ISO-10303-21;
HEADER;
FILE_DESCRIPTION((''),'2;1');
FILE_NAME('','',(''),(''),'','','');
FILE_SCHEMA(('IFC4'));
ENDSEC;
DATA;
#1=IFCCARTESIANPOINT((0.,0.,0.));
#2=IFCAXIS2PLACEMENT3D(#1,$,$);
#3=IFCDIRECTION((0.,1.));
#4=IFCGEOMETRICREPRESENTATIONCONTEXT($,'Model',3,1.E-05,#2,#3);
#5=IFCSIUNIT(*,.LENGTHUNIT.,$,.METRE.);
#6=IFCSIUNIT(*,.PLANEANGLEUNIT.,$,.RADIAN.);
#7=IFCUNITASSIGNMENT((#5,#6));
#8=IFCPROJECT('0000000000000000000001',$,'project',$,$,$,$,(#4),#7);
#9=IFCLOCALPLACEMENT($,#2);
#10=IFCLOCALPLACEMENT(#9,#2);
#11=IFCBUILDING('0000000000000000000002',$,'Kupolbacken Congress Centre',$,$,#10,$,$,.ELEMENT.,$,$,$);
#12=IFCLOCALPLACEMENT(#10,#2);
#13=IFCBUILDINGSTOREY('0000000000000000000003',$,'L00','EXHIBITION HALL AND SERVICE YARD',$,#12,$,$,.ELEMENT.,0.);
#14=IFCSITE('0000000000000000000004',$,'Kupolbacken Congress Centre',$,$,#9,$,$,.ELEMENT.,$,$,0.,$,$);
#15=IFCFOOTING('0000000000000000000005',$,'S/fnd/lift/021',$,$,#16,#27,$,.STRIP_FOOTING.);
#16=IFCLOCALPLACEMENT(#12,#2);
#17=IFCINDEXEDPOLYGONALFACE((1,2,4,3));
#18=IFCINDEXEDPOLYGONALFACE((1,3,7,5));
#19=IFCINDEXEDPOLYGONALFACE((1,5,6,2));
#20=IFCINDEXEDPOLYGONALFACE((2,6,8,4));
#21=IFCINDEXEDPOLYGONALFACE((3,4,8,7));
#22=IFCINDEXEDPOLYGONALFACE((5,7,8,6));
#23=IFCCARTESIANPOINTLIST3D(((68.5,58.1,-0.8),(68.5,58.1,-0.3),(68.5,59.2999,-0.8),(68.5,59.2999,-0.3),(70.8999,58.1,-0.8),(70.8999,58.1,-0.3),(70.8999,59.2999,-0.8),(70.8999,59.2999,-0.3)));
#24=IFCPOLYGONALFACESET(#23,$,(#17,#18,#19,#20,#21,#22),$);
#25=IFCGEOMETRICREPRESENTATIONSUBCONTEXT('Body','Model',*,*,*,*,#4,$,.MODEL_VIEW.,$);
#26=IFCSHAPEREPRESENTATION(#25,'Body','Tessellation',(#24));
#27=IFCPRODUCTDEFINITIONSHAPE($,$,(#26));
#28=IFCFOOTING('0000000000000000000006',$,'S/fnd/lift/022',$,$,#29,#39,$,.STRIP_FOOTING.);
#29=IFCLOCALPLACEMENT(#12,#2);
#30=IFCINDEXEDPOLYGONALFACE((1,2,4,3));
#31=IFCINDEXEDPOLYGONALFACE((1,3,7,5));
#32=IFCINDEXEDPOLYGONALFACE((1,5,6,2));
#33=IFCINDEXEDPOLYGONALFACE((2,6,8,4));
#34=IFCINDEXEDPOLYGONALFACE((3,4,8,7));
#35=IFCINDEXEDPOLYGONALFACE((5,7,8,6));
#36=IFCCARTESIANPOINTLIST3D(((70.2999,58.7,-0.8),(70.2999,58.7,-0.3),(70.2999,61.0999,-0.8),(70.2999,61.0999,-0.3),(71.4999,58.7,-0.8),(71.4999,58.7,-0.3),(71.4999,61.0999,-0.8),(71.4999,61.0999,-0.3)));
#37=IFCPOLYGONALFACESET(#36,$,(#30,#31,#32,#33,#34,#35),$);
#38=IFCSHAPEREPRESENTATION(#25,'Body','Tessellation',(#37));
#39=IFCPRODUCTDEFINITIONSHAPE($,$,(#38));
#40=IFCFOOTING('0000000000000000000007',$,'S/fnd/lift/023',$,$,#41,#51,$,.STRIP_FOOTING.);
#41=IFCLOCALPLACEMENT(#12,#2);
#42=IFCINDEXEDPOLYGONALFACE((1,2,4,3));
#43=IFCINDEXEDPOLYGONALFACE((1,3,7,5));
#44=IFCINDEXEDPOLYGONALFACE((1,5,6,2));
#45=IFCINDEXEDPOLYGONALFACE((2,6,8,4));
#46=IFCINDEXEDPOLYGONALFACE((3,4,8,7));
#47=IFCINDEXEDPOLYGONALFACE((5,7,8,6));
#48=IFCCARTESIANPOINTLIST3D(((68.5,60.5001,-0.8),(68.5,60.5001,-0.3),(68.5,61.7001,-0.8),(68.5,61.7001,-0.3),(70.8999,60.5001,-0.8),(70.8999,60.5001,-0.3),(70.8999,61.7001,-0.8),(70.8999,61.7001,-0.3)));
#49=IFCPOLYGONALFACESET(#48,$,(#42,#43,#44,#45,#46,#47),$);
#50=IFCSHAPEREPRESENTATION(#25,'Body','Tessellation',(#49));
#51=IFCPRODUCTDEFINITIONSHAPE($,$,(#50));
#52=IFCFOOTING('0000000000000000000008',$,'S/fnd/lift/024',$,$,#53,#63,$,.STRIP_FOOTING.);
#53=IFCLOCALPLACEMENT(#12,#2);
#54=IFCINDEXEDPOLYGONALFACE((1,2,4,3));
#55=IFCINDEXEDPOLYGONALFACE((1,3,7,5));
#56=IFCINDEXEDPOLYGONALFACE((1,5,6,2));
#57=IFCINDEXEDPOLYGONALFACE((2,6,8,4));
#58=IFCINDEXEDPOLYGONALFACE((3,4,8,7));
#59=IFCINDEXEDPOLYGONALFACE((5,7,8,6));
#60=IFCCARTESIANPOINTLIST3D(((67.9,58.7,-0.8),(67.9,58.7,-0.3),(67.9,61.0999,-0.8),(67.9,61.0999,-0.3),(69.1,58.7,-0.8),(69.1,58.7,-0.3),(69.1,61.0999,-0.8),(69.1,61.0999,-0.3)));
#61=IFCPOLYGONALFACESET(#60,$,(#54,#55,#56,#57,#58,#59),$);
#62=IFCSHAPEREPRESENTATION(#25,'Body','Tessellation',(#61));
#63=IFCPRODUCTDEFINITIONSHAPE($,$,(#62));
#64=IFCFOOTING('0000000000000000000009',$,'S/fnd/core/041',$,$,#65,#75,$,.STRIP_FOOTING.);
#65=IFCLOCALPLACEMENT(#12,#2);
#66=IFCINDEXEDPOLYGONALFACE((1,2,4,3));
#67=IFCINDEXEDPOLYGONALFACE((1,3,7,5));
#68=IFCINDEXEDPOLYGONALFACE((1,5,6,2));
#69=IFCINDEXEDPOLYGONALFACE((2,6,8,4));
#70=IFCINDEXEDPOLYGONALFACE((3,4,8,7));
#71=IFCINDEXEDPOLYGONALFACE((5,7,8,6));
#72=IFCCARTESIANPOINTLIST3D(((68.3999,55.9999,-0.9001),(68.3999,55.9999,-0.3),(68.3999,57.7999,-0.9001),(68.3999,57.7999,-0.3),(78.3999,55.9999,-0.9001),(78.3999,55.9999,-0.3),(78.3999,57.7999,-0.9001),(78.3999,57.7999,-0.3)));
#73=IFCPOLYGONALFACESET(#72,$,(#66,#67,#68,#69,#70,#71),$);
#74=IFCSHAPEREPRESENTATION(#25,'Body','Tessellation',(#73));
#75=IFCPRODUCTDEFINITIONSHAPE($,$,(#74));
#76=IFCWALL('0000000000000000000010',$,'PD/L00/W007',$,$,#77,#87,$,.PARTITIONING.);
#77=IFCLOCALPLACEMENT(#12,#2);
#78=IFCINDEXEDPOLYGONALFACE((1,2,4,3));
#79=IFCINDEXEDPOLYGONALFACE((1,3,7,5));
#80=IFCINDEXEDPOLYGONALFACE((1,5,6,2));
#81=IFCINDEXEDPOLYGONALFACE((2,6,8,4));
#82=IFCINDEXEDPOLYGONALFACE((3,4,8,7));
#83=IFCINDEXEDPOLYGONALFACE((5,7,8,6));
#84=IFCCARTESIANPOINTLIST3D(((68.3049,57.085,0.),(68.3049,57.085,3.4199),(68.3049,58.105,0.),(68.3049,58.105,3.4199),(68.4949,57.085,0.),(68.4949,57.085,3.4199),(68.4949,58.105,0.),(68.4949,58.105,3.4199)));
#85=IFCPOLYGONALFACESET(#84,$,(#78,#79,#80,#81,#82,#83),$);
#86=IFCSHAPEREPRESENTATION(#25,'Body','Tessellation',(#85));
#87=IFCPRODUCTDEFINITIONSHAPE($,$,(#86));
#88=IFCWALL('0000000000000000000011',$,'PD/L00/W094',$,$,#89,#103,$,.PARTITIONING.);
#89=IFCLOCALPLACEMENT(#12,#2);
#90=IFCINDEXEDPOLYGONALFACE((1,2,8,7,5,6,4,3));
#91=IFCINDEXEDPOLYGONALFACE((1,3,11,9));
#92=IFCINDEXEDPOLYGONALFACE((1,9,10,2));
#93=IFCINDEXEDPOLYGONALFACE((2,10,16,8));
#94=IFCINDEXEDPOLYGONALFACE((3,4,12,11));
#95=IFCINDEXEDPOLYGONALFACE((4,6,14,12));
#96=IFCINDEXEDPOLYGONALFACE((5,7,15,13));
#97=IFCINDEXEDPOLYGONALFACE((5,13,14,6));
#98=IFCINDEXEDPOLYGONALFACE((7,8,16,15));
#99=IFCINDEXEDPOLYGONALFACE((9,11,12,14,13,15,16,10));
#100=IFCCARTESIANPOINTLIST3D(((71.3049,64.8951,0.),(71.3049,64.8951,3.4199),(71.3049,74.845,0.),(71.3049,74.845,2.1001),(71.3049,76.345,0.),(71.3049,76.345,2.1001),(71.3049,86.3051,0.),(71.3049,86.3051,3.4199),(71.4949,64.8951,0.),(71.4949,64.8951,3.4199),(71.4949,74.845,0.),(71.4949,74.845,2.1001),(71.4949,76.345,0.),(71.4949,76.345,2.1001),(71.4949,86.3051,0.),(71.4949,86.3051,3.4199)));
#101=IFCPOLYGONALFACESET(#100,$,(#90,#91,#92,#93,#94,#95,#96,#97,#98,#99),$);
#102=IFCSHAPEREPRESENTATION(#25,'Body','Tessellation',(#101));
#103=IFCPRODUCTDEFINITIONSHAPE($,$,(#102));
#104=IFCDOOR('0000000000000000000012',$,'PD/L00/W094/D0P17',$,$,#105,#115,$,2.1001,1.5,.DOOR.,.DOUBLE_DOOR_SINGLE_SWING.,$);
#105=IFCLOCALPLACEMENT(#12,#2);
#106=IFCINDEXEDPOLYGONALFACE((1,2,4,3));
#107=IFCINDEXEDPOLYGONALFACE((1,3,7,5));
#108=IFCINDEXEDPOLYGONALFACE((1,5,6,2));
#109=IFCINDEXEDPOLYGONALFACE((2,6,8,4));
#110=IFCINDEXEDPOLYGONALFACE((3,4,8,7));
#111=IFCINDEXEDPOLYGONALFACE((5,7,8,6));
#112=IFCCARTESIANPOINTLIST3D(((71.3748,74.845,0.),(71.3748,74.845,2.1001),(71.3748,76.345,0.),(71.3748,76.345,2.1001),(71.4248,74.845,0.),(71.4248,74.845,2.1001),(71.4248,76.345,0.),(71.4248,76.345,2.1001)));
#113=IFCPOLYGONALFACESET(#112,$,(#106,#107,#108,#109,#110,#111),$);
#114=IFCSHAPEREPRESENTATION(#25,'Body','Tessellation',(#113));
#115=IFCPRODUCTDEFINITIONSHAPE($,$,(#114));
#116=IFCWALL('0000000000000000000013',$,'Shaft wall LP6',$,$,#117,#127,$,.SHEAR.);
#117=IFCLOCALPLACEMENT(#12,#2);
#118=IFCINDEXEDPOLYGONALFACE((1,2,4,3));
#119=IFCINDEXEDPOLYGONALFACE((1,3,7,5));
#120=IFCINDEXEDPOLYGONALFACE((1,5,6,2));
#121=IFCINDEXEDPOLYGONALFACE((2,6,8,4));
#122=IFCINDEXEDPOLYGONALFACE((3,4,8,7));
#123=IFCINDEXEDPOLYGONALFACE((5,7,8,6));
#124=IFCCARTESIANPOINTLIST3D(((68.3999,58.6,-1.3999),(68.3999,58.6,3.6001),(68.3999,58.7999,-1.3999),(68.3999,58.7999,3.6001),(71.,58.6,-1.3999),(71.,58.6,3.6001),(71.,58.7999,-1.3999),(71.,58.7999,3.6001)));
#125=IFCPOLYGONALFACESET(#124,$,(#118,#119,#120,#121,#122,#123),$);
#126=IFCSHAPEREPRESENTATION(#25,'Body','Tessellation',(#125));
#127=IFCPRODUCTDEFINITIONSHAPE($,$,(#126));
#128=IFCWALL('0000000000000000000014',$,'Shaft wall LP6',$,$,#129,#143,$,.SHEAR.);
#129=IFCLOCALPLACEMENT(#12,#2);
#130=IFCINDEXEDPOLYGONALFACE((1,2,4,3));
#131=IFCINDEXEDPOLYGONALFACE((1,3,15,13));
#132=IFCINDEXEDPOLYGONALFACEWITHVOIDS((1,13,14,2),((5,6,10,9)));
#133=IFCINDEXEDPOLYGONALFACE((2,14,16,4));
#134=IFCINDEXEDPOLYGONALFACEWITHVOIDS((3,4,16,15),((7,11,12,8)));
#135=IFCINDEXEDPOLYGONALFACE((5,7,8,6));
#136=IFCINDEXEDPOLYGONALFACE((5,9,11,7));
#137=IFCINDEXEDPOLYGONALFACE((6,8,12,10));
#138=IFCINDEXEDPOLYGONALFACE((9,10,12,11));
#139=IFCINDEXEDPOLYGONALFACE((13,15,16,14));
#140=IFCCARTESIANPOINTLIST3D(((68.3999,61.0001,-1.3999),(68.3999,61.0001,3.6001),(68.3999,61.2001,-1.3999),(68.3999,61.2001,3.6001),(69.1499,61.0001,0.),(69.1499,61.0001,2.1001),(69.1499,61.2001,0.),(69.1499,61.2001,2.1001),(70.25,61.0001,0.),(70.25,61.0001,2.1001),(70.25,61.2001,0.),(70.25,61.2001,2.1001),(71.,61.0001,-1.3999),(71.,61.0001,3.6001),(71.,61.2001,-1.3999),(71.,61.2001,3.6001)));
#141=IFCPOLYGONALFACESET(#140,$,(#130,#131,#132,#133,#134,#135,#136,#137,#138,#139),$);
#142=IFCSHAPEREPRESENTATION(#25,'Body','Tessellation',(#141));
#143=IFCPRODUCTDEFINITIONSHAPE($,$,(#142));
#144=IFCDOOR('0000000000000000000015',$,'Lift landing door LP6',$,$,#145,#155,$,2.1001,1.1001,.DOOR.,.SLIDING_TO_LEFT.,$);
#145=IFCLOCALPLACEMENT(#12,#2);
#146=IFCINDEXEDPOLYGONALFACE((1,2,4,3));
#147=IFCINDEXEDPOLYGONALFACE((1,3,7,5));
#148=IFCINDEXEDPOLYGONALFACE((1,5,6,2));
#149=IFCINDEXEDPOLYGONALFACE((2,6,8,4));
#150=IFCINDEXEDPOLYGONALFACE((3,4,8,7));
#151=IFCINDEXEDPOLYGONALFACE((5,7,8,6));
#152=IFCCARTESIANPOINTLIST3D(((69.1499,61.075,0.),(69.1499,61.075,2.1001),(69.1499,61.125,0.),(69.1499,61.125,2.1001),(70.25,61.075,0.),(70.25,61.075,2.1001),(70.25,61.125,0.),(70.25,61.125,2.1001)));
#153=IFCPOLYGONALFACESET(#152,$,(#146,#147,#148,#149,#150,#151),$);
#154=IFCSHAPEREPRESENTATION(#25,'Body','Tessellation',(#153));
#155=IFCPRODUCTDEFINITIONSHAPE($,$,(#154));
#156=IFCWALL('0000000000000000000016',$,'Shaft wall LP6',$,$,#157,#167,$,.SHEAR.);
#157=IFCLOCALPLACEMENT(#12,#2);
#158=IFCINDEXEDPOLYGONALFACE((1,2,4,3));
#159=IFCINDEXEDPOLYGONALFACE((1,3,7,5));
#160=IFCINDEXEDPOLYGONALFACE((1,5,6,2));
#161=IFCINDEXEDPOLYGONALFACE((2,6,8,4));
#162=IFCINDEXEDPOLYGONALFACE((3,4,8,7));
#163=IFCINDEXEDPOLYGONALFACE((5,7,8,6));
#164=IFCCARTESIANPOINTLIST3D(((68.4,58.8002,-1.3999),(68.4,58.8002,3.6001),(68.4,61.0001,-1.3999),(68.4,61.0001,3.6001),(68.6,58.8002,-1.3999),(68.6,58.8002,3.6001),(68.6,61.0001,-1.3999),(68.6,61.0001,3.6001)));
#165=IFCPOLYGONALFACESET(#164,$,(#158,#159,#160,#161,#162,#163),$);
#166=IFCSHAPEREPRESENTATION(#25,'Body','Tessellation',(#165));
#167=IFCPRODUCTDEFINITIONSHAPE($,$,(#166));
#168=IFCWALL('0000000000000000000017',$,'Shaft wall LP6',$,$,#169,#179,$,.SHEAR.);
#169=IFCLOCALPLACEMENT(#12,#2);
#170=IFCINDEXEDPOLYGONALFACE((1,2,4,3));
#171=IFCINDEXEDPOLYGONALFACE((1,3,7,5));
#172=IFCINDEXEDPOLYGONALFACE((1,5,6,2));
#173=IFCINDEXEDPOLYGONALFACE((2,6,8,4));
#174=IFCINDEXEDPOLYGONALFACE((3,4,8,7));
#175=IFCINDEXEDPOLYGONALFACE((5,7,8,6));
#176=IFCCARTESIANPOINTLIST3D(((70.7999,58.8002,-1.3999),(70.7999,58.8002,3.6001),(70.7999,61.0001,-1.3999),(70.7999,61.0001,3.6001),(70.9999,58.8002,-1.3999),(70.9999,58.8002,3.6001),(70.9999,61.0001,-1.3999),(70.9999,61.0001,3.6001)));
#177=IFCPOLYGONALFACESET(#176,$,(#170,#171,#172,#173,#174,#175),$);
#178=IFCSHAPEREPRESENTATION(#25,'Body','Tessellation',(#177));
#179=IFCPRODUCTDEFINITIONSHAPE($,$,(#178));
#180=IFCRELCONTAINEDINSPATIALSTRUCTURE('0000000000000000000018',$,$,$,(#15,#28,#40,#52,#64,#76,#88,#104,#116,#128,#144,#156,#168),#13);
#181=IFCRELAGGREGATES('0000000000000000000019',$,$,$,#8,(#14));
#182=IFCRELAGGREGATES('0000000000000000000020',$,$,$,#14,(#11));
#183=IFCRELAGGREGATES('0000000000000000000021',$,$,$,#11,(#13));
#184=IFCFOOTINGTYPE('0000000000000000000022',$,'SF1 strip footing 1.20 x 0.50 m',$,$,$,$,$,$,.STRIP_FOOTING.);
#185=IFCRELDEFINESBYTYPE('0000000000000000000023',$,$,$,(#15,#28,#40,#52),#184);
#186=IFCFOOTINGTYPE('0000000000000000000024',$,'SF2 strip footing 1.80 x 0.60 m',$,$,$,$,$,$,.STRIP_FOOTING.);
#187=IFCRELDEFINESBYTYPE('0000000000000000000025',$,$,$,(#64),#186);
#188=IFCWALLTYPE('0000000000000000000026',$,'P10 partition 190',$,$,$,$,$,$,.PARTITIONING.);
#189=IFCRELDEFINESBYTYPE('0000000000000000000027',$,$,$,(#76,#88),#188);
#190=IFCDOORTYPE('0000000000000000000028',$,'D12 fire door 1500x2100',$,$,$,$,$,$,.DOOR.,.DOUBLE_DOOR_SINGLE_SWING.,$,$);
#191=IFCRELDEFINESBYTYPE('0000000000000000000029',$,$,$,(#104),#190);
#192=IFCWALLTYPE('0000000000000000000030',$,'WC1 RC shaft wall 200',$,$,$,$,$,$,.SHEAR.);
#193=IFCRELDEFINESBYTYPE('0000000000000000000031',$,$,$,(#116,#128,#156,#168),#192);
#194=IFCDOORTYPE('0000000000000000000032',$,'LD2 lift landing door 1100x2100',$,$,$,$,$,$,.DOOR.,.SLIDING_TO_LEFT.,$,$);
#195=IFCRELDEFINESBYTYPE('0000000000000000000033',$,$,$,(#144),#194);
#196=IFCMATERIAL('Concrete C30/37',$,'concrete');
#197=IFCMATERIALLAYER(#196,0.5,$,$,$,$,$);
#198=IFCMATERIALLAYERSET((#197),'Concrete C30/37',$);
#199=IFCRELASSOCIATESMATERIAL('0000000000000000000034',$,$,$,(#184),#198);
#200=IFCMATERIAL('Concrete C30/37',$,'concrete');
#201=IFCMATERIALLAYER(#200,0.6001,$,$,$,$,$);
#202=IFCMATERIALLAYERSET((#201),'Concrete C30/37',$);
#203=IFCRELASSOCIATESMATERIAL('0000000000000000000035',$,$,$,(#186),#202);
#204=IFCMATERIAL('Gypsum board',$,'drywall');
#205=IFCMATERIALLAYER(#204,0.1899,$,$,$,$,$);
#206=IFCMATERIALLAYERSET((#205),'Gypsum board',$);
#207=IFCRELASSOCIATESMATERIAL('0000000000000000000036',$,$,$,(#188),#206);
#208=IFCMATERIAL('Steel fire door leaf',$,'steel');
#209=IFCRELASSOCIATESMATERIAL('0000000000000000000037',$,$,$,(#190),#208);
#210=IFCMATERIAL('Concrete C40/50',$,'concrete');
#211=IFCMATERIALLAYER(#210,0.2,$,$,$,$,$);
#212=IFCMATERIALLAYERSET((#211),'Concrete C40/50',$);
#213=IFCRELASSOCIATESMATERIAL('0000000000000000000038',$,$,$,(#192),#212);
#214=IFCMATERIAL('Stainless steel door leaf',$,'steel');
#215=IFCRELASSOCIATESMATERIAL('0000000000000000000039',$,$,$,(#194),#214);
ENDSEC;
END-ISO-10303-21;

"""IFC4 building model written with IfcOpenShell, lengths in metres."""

from ifc_helpers import new_model, si_unit, direction, frame, frame_2d, origin, origin_2d, place, context, subcontext, project, spatial, rectangle, extrude, material, layer, layer_set, type_object, element, fill, save


model = new_model("IFC4")

# Units and contexts
model_context = context("Model", 3, precision=1e-05, world=origin(), true_north=direction((0.0, 1.0)))
body_context = subcontext(model_context, "Body", "Model", "MODEL_VIEW")
ifc_project = project(units=[si_unit("LENGTHUNIT", "METRE"), si_unit("PLANEANGLEUNIT", "RADIAN")], contexts=[model_context])

# Site, building, storey
site_placement = place(None, origin())
site = spatial("IfcSite", under=ifc_project, at=site_placement, Name="Kupolbacken Congress Centre", CompositionType="ELEMENT", RefElevation=0.0)
building_placement = place(site_placement, origin())
building = spatial("IfcBuilding", under=site, at=building_placement, Name="Kupolbacken Congress Centre", CompositionType="ELEMENT")
storey_placement = place(building_placement, origin())
storey = spatial("IfcBuildingStorey", under=building, at=storey_placement, Name="L00", Description="EXHIBITION HALL AND SERVICE YARD", CompositionType="ELEMENT", Elevation=0.0)

# Footings
ifc_material_1 = material(Name="Concrete C30/37", Category="concrete")
ifc_layer_1 = layer(ifc_material_1, 0.5)
ifc_layer_set_1 = layer_set([ifc_layer_1], Name="Concrete C30/37")
footing_type_1 = type_object("IfcFootingType", Name="SF1 strip footing 1.20 x 0.50 m", PredefinedType="STRIP_FOOTING", material=ifc_layer_set_1)
for number, where, z_axis, x_axis, name in (
    (1, (69.7, 58.7, -0.8), (0.0, 0.0, 1.0), (1.0, 0.0, 0.0), "S/fnd/lift/021"),
    (2, (70.8999, 59.8999, -0.8), (0.0, 0.0, 1.0), (0.0, 1.0, 0.0), "S/fnd/lift/022"),
    (3, (69.7, 61.1001, -0.8), (0.0, 0.0, 1.0), (1.0, 0.0, 0.0), "S/fnd/lift/023"),
    (4, (68.5, 59.8999, -0.8), (0.0, 0.0, 1.0), (0.0, 1.0, 0.0), "S/fnd/lift/024"),
):
    element("IfcFooting", number, at=place(storey_placement, frame(where, z_axis=z_axis, x_axis=x_axis)), inside=storey, type_object=footing_type_1, Name=name, PredefinedType="STRIP_FOOTING", context=body_context, shape_type="SweptSolid", body=[
        extrude(rectangle(XDim=2.3999, YDim=1.2, at=origin_2d()), origin(), (0.0, 0.0, 1.0), 0.5),
    ])
ifc_material_2 = material(Name="Concrete C30/37", Category="concrete")
ifc_layer_2 = layer(ifc_material_2, 0.6001)
ifc_layer_set_2 = layer_set([ifc_layer_2], Name="Concrete C30/37")
footing_type_2 = type_object("IfcFootingType", Name="SF2 strip footing 1.80 x 0.60 m", PredefinedType="STRIP_FOOTING", material=ifc_layer_set_2)
footing_placement = place(storey_placement, frame((73.3999, 56.8999, -0.9001), z_axis=(0.0, 0.0, 1.0), x_axis=(1.0, 0.0, 0.0)))
element("IfcFooting", 5, at=footing_placement, inside=storey, type_object=footing_type_2, Name="S/fnd/core/041", PredefinedType="STRIP_FOOTING", context=body_context, shape_type="SweptSolid", body=[
    extrude(rectangle(XDim=10.0, YDim=1.8, at=origin_2d()), origin(), (0.0, 0.0, 1.0), 0.6001),
])

# Wall
ifc_material_3 = material(Name="Gypsum board", Category="drywall")
ifc_layer_3 = layer(ifc_material_3, 0.1899)
ifc_layer_set_3 = layer_set([ifc_layer_3], Name="Gypsum board")
wall_type_1 = type_object("IfcWallType", Name="P10 partition 190", PredefinedType="PARTITIONING", material=ifc_layer_set_3)
wall_1_placement = place(storey_placement, frame((68.3999, 57.085, 0.0), z_axis=(0.0, 0.0, 1.0), x_axis=(0.0, 1.0, 0.0)))
element("IfcWall", 6, at=wall_1_placement, inside=storey, type_object=wall_type_1, Name="PD/L00/W007", PredefinedType="PARTITIONING", context=body_context, shape_type="SweptSolid", body=[
    extrude(rectangle(XDim=1.02, YDim=0.1899, at=frame_2d((0.51, 0.0))), origin(), (0.0, 0.0, 1.0), 3.4199),
])

# Wall, opening, door
wall_2_placement = place(storey_placement, frame((71.3999, 64.895, 0.0), z_axis=(0.0, 0.0, 1.0), x_axis=(0.0, 1.0, 0.0)))
wall_2 = element("IfcWall", 7, at=wall_2_placement, inside=storey, type_object=wall_type_1, Name="PD/L00/W094", PredefinedType="PARTITIONING", context=body_context, shape_type="SweptSolid", body=[
    extrude(rectangle(XDim=21.4099, YDim=0.1899, at=frame_2d((10.7051, 0.0))), origin(), (0.0, 0.0, 1.0), 3.4199),
])
opening_1_placement = place(wall_2_placement, frame((9.95, 0.0, 0.0)))
opening_1 = element("IfcOpeningElement", 8, at=opening_1_placement, cuts=wall_2, PredefinedType="OPENING", context=body_context, shape_type="SweptSolid", body=[
    extrude(rectangle(XDim=1.5, YDim=2.1001, at=frame_2d((0.75, 1.05))), frame((0.0, 0.105, 0.0), z_axis=(0.0, -1.0, 0.0), x_axis=(1.0, 0.0, 0.0)), (0.0, 0.0, 1.0), 0.21),
])
ifc_material_4 = material(Name="Steel fire door leaf", Category="steel")
door_type_1 = type_object("IfcDoorType", Name="D12 fire door 1500x2100", OperationType="DOUBLE_DOOR_SINGLE_SWING", PredefinedType="DOOR", material=ifc_material_4)
door_1_placement = place(opening_1_placement, frame((1.5, 0.0, 0.0), z_axis=(0.0, 0.0, 1.0), x_axis=(-1.0, 0.0, 0.0)))
door_1 = element("IfcDoor", 9, at=door_1_placement, inside=storey, type_object=door_type_1, Name="PD/L00/W094/D0P17", OperationType="DOUBLE_DOOR_SINGLE_SWING", OverallHeight=2.1001, OverallWidth=1.5, PredefinedType="DOOR", context=body_context, shape_type="SweptSolid", body=[
    extrude(rectangle(XDim=1.5, YDim=2.1001, at=frame_2d((0.75, 1.05))), frame((0.0, 0.0249, 0.0), z_axis=(0.0, -1.0, 0.0), x_axis=(1.0, 0.0, 0.0)), (0.0, 0.0, 1.0), 0.05),
])
fill(opening_1, door_1)

# Wall
ifc_material_5 = material(Name="Concrete C40/50", Category="concrete")
ifc_layer_4 = layer(ifc_material_5, 0.2)
ifc_layer_set_4 = layer_set([ifc_layer_4], Name="Concrete C40/50")
wall_type_2 = type_object("IfcWallType", Name="WC1 RC shaft wall 200", PredefinedType="SHEAR", material=ifc_layer_set_4)
wall_3_placement = place(storey_placement, frame((68.3999, 58.7, -1.3999), z_axis=(0.0, 0.0, 1.0), x_axis=(1.0, 0.0, 0.0)))
element("IfcWall", 10, at=wall_3_placement, inside=storey, type_object=wall_type_2, Name="Shaft wall LP6", PredefinedType="SHEAR", context=body_context, shape_type="SweptSolid", body=[
    extrude(rectangle(XDim=2.6001, YDim=0.2, at=frame_2d((1.3, 0.0))), origin(), (0.0, 0.0, 1.0), 5.0),
])

# Wall, opening, door
wall_4_placement = place(storey_placement, frame((68.3999, 61.1001, -1.3999), z_axis=(0.0, 0.0, 1.0), x_axis=(1.0, 0.0, 0.0)))
wall_4 = element("IfcWall", 11, at=wall_4_placement, inside=storey, type_object=wall_type_2, Name="Shaft wall LP6", PredefinedType="SHEAR", context=body_context, shape_type="SweptSolid", body=[
    extrude(rectangle(XDim=2.6001, YDim=0.2, at=frame_2d((1.3, 0.0))), origin(), (0.0, 0.0, 1.0), 5.0),
])
opening_2_placement = place(wall_4_placement, frame((0.75, 0.0, 1.3999)))
opening_2 = element("IfcOpeningElement", 12, at=opening_2_placement, cuts=wall_4, PredefinedType="OPENING", context=body_context, shape_type="SweptSolid", body=[
    extrude(rectangle(XDim=1.1001, YDim=2.1001, at=frame_2d((0.55, 1.05))), frame((0.0, 0.1099, 0.0), z_axis=(0.0, -1.0, 0.0), x_axis=(1.0, 0.0, 0.0)), (0.0, 0.0, 1.0), 0.22),
])
ifc_material_6 = material(Name="Stainless steel door leaf", Category="steel")
door_type_2 = type_object("IfcDoorType", Name="LD2 lift landing door 1100x2100", OperationType="SLIDING_TO_LEFT", PredefinedType="DOOR", material=ifc_material_6)
door_2_placement = place(opening_2_placement, origin())
door_2 = element("IfcDoor", 13, at=door_2_placement, inside=storey, type_object=door_type_2, Name="Lift landing door LP6", OperationType="SLIDING_TO_LEFT", OverallHeight=2.1001, OverallWidth=1.1001, PredefinedType="DOOR", context=body_context, shape_type="SweptSolid", body=[
    extrude(rectangle(XDim=1.1001, YDim=2.1001, at=frame_2d((0.55, 1.05))), frame((0.0, 0.0249, 0.0), z_axis=(0.0, -1.0, 0.0), x_axis=(1.0, 0.0, 0.0)), (0.0, 0.0, 1.0), 0.05),
])
fill(opening_2, door_2)

# Walls
for number, where, z_axis, x_axis, name in (
    (14, (68.5, 58.8, -1.3999), (0.0, 0.0, 1.0), (0.0, 1.0, 0.0), "Shaft wall LP6"),
    (15, (70.8999, 58.8, -1.3999), (0.0, 0.0, 1.0), (0.0, 1.0, 0.0), "Shaft wall LP6"),
):
    element("IfcWall", number, at=place(storey_placement, frame(where, z_axis=z_axis, x_axis=x_axis)), inside=storey, type_object=wall_type_2, Name=name, PredefinedType="SHEAR", context=body_context, shape_type="SweptSolid", body=[
        extrude(rectangle(XDim=2.2, YDim=0.2, at=frame_2d((1.1001, 0.0))), origin(), (0.0, 0.0, 1.0), 5.0),
    ])

save(model, "model.ifc")
